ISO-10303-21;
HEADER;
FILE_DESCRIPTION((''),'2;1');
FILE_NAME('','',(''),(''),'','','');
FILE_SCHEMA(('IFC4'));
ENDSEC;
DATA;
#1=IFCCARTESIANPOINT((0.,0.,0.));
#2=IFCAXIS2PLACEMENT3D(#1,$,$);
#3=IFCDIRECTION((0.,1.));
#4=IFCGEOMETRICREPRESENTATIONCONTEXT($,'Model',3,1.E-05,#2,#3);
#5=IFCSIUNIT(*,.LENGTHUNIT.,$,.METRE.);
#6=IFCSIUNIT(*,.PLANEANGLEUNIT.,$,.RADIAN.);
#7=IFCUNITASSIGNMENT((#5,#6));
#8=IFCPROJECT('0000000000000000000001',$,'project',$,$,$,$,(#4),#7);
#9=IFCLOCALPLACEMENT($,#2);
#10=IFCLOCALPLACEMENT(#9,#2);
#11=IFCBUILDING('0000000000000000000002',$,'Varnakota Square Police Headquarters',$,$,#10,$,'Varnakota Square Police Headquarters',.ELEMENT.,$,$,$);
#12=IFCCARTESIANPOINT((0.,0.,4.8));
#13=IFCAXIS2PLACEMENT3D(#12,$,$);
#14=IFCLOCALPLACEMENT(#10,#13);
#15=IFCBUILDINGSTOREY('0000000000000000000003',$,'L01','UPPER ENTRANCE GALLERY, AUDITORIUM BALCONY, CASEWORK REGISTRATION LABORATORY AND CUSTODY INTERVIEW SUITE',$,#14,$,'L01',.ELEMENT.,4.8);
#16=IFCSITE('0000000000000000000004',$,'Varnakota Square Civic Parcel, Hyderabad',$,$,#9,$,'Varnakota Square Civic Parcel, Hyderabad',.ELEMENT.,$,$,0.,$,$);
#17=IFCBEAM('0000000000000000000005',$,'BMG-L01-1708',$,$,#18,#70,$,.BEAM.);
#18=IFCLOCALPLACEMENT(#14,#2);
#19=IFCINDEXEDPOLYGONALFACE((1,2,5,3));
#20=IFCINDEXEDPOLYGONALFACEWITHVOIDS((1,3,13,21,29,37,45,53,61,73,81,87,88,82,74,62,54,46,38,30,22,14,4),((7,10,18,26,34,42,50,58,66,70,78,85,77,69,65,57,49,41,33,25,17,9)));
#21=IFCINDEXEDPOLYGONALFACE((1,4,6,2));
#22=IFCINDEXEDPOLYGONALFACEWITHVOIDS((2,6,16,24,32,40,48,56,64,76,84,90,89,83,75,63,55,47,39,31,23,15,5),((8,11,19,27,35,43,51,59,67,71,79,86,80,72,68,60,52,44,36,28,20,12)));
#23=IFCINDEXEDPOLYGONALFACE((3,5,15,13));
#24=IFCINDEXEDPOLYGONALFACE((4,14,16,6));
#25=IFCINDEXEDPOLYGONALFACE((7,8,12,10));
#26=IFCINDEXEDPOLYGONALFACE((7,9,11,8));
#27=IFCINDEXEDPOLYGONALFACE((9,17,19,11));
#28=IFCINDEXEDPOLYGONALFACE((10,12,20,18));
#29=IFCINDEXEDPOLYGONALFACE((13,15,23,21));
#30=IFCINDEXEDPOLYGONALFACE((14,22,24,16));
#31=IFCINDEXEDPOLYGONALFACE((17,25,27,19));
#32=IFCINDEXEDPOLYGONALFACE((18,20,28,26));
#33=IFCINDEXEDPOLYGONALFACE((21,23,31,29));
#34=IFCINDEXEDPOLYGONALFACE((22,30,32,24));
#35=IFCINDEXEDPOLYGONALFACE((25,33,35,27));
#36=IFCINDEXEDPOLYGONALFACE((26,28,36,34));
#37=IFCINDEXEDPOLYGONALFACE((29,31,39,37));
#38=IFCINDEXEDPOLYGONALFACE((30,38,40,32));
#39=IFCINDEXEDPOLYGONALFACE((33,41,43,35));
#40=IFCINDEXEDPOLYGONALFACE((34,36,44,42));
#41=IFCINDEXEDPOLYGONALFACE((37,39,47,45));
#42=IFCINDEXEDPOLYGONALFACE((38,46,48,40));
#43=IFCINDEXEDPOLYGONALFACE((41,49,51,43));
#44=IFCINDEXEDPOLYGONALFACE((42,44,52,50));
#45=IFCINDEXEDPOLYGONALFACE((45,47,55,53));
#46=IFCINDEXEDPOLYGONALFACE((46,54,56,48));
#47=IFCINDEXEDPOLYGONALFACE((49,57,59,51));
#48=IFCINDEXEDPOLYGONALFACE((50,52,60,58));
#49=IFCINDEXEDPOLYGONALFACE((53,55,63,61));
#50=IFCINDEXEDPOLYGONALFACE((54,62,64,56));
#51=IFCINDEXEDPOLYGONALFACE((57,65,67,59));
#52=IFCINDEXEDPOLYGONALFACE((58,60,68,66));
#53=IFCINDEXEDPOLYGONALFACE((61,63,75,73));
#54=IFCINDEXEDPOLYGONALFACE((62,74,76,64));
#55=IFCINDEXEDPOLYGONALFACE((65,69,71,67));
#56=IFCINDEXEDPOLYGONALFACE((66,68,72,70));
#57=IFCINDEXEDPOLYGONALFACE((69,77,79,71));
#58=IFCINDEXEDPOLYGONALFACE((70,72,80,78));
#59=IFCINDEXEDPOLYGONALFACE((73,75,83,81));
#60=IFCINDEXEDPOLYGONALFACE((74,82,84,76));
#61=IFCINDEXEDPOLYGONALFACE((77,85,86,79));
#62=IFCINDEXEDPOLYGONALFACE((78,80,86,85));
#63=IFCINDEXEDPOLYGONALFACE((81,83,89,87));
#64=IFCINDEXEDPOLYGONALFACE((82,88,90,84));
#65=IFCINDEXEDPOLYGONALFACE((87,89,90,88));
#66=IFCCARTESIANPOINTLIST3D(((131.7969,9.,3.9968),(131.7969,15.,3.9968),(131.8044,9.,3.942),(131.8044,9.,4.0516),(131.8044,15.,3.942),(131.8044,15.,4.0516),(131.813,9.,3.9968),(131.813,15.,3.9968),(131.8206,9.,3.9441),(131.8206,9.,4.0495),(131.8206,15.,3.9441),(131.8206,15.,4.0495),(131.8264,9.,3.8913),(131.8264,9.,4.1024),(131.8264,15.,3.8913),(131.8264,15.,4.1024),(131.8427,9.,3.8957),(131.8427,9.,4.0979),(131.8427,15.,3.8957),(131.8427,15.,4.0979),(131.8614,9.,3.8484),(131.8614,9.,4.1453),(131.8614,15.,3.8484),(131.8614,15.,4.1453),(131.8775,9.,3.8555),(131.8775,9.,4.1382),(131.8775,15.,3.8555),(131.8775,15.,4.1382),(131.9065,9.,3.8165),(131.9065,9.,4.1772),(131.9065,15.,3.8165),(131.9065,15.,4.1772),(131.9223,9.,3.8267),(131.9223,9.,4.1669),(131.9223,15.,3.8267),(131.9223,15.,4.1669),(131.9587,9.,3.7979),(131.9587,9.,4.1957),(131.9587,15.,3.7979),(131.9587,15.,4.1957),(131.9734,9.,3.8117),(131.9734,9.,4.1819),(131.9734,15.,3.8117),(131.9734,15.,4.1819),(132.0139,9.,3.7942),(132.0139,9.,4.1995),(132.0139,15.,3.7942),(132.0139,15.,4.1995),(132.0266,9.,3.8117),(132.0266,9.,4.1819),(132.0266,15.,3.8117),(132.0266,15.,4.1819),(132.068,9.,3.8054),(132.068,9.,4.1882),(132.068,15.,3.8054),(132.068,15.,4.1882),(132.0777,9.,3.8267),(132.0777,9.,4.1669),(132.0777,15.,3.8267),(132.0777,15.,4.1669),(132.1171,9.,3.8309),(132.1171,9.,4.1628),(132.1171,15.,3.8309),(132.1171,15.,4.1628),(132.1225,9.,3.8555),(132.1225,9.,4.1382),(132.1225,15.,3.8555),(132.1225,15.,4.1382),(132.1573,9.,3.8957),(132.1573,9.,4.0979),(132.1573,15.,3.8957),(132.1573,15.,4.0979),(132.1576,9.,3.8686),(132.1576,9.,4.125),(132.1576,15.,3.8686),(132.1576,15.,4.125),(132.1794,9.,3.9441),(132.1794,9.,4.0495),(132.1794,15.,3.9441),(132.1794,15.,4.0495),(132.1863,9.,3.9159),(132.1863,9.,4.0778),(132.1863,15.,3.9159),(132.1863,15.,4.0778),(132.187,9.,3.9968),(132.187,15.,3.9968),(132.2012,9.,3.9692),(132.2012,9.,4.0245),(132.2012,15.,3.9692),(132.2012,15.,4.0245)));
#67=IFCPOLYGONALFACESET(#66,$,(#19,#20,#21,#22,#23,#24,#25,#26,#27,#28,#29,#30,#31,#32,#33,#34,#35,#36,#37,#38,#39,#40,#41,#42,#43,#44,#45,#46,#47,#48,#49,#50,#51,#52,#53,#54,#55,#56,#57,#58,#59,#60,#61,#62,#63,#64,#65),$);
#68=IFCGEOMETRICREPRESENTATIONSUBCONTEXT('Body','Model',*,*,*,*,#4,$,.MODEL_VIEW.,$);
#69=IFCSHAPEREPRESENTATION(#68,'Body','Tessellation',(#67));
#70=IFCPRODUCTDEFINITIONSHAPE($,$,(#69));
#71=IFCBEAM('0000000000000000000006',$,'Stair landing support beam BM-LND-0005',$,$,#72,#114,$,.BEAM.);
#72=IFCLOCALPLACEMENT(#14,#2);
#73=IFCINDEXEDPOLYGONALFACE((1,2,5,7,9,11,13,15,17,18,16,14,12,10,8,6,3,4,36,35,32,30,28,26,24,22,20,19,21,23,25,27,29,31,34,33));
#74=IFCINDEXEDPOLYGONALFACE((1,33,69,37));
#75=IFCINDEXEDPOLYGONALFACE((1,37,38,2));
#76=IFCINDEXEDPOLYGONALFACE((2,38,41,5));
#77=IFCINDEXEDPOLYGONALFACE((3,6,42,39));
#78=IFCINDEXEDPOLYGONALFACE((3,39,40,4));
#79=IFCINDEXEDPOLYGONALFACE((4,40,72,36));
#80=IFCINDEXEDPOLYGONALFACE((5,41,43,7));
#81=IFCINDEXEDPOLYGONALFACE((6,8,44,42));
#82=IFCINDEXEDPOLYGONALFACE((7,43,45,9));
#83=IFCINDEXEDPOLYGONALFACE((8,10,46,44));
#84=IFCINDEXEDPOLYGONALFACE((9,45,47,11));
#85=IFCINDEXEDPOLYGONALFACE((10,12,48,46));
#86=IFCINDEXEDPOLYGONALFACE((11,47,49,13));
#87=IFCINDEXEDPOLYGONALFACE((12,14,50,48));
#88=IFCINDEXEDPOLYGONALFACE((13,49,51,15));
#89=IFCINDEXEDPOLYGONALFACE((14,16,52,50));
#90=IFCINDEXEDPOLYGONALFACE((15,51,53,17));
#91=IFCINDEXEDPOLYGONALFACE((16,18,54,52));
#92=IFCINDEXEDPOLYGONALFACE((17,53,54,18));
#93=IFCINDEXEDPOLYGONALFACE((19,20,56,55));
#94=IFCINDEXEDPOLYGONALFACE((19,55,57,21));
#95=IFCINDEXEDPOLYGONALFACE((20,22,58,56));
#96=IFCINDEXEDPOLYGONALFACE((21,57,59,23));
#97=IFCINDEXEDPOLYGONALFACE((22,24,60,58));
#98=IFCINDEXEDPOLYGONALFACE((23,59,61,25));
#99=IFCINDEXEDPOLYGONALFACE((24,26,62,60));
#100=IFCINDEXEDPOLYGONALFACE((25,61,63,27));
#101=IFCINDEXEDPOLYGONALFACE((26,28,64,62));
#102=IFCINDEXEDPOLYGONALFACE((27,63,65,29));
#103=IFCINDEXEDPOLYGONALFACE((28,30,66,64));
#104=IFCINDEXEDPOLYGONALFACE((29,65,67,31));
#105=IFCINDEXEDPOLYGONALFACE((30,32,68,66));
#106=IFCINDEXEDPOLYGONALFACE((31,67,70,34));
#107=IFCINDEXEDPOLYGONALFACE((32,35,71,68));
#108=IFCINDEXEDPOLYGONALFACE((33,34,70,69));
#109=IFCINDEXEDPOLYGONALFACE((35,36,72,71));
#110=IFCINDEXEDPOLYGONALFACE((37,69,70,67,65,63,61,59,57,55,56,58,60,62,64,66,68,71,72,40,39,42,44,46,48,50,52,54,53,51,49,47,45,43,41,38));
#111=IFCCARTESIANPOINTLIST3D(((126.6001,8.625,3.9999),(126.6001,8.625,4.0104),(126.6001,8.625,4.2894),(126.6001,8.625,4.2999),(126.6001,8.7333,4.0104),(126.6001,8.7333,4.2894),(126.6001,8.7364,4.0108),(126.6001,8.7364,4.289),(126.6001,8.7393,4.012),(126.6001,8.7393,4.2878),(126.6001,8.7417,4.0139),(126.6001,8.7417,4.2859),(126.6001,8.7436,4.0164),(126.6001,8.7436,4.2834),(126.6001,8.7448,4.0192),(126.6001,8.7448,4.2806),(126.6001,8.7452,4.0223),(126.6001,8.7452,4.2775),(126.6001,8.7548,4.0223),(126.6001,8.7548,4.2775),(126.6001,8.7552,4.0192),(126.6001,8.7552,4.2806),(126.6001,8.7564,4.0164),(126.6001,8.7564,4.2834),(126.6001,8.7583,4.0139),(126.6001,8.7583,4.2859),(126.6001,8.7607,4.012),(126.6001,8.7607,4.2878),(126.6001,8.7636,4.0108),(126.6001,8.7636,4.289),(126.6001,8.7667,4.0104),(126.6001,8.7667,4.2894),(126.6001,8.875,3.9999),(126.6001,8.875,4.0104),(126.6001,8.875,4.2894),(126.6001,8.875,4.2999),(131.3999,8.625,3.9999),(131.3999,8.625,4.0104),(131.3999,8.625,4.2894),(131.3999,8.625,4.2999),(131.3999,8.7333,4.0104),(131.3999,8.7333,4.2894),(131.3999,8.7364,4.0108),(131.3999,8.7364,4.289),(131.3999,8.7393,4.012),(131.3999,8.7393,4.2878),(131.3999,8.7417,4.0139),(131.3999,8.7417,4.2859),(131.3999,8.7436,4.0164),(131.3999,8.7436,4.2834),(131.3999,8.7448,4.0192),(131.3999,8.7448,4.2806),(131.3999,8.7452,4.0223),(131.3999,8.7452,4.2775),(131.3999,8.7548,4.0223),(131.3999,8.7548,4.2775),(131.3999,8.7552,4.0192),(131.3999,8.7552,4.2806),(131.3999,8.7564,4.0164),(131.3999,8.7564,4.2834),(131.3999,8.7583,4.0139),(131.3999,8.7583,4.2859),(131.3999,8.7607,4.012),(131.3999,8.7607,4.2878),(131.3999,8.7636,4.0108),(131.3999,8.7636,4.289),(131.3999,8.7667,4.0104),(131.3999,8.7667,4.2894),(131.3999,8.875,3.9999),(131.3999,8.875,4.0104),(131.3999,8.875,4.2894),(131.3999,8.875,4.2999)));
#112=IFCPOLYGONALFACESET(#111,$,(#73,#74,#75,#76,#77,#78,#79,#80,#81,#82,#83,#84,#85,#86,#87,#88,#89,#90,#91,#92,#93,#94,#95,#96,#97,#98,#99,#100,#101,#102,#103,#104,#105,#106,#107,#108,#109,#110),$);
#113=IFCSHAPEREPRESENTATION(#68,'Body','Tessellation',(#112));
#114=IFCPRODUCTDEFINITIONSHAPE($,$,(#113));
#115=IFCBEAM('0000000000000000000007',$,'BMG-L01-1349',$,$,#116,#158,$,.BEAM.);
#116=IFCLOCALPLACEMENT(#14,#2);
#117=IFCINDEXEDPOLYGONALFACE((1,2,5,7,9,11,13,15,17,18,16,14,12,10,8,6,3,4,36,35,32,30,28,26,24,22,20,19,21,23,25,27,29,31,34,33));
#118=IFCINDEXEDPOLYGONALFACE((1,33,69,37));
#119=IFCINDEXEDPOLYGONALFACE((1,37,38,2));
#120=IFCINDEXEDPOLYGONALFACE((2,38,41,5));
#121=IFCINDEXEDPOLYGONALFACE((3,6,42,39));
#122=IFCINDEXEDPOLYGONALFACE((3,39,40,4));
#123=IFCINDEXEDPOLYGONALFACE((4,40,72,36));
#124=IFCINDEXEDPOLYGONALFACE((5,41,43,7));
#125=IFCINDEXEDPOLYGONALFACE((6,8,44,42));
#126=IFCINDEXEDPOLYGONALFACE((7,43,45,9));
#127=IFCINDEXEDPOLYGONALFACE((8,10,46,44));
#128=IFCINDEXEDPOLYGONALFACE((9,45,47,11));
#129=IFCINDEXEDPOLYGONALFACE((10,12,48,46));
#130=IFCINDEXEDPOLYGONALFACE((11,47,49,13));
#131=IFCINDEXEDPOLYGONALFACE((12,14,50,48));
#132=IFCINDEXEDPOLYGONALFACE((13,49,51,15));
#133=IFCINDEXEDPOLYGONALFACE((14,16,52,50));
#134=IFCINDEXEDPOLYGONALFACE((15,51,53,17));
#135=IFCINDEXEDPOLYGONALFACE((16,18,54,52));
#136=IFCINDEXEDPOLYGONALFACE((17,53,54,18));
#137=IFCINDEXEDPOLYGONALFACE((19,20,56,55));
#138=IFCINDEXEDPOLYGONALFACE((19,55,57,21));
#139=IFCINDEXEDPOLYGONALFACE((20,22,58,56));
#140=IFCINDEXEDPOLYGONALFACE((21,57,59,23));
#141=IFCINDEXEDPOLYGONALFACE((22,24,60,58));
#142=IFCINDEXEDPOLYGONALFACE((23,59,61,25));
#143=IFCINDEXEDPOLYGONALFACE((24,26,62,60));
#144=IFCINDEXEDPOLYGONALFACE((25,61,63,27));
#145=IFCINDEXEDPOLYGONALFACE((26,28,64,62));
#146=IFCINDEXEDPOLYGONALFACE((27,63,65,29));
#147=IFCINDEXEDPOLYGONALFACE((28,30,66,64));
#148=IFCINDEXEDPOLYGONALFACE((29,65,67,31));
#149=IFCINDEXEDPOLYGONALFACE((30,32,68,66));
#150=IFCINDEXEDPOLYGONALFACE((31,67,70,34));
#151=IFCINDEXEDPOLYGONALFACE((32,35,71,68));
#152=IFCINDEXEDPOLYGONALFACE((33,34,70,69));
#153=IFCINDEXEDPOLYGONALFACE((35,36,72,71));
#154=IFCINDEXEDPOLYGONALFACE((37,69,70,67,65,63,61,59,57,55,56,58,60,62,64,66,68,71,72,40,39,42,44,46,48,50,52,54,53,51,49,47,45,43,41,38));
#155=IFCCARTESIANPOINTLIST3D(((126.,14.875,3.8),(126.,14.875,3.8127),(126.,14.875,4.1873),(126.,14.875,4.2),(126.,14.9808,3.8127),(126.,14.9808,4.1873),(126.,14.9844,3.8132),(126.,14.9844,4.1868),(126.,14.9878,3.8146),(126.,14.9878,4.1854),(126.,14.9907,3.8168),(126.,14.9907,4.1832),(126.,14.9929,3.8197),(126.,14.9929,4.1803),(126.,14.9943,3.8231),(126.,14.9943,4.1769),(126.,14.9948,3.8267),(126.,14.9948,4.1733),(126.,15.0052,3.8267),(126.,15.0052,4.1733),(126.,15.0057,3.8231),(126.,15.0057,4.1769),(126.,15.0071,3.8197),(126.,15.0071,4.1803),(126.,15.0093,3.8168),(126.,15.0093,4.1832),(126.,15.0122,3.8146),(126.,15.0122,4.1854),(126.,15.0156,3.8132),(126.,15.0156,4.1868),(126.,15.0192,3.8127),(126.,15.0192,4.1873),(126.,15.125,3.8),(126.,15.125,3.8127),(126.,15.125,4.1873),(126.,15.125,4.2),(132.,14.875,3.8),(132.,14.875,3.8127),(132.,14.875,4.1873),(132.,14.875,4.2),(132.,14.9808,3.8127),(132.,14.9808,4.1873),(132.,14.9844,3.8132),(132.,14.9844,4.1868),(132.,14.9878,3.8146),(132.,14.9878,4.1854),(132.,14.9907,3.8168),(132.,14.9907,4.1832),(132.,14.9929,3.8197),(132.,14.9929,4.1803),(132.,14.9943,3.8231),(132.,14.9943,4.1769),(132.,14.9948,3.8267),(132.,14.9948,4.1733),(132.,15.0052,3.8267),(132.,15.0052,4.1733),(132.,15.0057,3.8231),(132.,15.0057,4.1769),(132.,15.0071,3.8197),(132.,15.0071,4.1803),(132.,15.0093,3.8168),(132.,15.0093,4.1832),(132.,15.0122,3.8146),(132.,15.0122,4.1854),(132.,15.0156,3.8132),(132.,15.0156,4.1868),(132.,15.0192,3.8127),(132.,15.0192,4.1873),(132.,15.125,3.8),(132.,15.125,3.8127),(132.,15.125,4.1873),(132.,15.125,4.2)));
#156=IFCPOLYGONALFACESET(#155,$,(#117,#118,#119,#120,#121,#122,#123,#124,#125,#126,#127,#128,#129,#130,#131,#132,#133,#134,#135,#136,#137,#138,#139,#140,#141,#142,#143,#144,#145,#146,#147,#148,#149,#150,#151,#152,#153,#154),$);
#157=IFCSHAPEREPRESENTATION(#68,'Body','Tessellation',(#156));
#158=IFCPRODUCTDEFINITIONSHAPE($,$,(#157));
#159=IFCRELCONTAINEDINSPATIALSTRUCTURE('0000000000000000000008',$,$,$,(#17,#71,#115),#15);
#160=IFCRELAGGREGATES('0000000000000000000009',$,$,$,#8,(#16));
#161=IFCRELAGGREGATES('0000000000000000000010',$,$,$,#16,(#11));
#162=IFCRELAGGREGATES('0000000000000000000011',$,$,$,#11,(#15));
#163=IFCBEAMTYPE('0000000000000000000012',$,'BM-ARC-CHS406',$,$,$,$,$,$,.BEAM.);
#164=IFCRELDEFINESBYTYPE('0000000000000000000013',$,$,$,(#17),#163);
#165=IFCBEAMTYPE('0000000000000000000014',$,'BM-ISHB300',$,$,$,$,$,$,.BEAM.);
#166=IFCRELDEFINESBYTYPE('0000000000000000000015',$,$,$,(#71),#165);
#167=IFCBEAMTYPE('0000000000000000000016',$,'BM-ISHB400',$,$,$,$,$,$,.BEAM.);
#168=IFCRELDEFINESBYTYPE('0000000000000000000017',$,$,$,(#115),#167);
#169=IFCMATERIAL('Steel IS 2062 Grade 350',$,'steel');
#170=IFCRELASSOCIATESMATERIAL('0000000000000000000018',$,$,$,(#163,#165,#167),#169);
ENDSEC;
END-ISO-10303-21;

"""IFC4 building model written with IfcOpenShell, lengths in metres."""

from ifc_helpers import new_model, si_unit, direction, frame, origin, origin_2d, place, context, subcontext, project, spatial, hollow_circle, i_section, extrude, material, material_profile, profile_set, type_object, element, save


model = new_model("IFC4")

# Units and contexts
model_context = context("Model", 3, precision=1e-05, world=origin(), true_north=direction((0.0, 1.0)))
body_context = subcontext(model_context, "Body", "Model", "MODEL_VIEW")
ifc_project = project(units=[si_unit("LENGTHUNIT", "METRE"), si_unit("PLANEANGLEUNIT", "RADIAN")], contexts=[model_context])

# Site, building, storey
site_placement = place(None, origin())
site = spatial("IfcSite", under=ifc_project, at=site_placement, Name="Varnakota Square Civic Parcel, Hyderabad", LongName="Varnakota Square Civic Parcel, Hyderabad", CompositionType="ELEMENT", RefElevation=0.0)
building_placement = place(site_placement, origin())
building = spatial("IfcBuilding", under=site, at=building_placement, Name="Varnakota Square Police Headquarters", LongName="Varnakota Square Police Headquarters", CompositionType="ELEMENT")
storey_placement = place(building_placement, frame((0.0, 0.0, 4.8)))
storey = spatial("IfcBuildingStorey", under=building, at=storey_placement, Name="L01", Description="UPPER ENTRANCE GALLERY, AUDITORIUM BALCONY, CASEWORK REGISTRATION LABORATORY AND CUSTODY INTERVIEW SUITE", LongName="L01", CompositionType="ELEMENT", Elevation=4.8)

# Shared definitions
ifc_material_1 = material(Name="Steel IS 2062 Grade 350", Category="steel")

# Beams
ifc_material_profile_1 = material_profile(ifc_material_1, hollow_circle(Radius=0.2031, WallThickness=0.0161, at=origin_2d()), Name="CHS 406.4x16.0")
ifc_profile_set_1 = profile_set([ifc_material_profile_1], Name="Steel IS 2062 Grade 350")
beam_type_1 = type_object("IfcBeamType", Name="BM-ARC-CHS406", PredefinedType="BEAM", material=ifc_profile_set_1)
for number, where, z_axis, x_axis, name in (
    (1, (132.0, 9.0, 3.9968), (0.0, 1.0, 0.0), (-1.0, 0.0, 0.0), "BMG-L01-1708"),
):
    element("IfcBeam", number, at=place(storey_placement, frame(where, z_axis=z_axis, x_axis=x_axis)), inside=storey, type_object=beam_type_1, Name=name, PredefinedType="BEAM", context=body_context, shape_type="SweptSolid", body=[
        extrude(hollow_circle(Radius=0.2031, WallThickness=0.0161, at=origin_2d()), origin(), (0.0, 0.0, 1.0), 6.0),
    ])
ifc_material_profile_2 = material_profile(ifc_material_1, i_section(OverallWidth=0.25, OverallDepth=0.3, WebThickness=0.0095, FlangeThickness=0.0105, FilletRadius=0.012, at=origin_2d()), Name="ISHB 300")
ifc_profile_set_2 = profile_set([ifc_material_profile_2], Name="Steel IS 2062 Grade 350")
beam_type_2 = type_object("IfcBeamType", Name="BM-ISHB300", PredefinedType="BEAM", material=ifc_profile_set_2)
beam_1_placement = place(storey_placement, frame((126.6001, 8.75, 4.1499), z_axis=(1.0, 0.0, 0.0), x_axis=(0.0, 1.0, 0.0)))
element("IfcBeam", 2, at=beam_1_placement, inside=storey, type_object=beam_type_2, Name="Stair landing support beam BM-LND-0005", PredefinedType="BEAM", context=body_context, shape_type="SweptSolid", body=[
    extrude(i_section(OverallWidth=0.25, OverallDepth=0.3, WebThickness=0.0095, FlangeThickness=0.0105, FilletRadius=0.012, at=origin_2d()), origin(), (0.0, 0.0, 1.0), 4.7998),
])
ifc_material_profile_3 = material_profile(ifc_material_1, i_section(OverallWidth=0.25, OverallDepth=0.3999, WebThickness=0.0105, FlangeThickness=0.0127, FilletRadius=0.0139, at=origin_2d()), Name="ISHB 400")
ifc_profile_set_3 = profile_set([ifc_material_profile_3], Name="Steel IS 2062 Grade 350")
beam_type_3 = type_object("IfcBeamType", Name="BM-ISHB400", PredefinedType="BEAM", material=ifc_profile_set_3)
beam_2_placement = place(storey_placement, frame((126.0, 15.0, 4.0), z_axis=(1.0, 0.0, 0.0), x_axis=(0.0, 1.0, 0.0)))
element("IfcBeam", 3, at=beam_2_placement, inside=storey, type_object=beam_type_3, Name="BMG-L01-1349", PredefinedType="BEAM", context=body_context, shape_type="SweptSolid", body=[
    extrude(i_section(OverallWidth=0.25, OverallDepth=0.3999, WebThickness=0.0105, FlangeThickness=0.0127, FilletRadius=0.0139, at=origin_2d()), origin(), (0.0, 0.0, 1.0), 6.0),
])

save(model, "model.ifc")
